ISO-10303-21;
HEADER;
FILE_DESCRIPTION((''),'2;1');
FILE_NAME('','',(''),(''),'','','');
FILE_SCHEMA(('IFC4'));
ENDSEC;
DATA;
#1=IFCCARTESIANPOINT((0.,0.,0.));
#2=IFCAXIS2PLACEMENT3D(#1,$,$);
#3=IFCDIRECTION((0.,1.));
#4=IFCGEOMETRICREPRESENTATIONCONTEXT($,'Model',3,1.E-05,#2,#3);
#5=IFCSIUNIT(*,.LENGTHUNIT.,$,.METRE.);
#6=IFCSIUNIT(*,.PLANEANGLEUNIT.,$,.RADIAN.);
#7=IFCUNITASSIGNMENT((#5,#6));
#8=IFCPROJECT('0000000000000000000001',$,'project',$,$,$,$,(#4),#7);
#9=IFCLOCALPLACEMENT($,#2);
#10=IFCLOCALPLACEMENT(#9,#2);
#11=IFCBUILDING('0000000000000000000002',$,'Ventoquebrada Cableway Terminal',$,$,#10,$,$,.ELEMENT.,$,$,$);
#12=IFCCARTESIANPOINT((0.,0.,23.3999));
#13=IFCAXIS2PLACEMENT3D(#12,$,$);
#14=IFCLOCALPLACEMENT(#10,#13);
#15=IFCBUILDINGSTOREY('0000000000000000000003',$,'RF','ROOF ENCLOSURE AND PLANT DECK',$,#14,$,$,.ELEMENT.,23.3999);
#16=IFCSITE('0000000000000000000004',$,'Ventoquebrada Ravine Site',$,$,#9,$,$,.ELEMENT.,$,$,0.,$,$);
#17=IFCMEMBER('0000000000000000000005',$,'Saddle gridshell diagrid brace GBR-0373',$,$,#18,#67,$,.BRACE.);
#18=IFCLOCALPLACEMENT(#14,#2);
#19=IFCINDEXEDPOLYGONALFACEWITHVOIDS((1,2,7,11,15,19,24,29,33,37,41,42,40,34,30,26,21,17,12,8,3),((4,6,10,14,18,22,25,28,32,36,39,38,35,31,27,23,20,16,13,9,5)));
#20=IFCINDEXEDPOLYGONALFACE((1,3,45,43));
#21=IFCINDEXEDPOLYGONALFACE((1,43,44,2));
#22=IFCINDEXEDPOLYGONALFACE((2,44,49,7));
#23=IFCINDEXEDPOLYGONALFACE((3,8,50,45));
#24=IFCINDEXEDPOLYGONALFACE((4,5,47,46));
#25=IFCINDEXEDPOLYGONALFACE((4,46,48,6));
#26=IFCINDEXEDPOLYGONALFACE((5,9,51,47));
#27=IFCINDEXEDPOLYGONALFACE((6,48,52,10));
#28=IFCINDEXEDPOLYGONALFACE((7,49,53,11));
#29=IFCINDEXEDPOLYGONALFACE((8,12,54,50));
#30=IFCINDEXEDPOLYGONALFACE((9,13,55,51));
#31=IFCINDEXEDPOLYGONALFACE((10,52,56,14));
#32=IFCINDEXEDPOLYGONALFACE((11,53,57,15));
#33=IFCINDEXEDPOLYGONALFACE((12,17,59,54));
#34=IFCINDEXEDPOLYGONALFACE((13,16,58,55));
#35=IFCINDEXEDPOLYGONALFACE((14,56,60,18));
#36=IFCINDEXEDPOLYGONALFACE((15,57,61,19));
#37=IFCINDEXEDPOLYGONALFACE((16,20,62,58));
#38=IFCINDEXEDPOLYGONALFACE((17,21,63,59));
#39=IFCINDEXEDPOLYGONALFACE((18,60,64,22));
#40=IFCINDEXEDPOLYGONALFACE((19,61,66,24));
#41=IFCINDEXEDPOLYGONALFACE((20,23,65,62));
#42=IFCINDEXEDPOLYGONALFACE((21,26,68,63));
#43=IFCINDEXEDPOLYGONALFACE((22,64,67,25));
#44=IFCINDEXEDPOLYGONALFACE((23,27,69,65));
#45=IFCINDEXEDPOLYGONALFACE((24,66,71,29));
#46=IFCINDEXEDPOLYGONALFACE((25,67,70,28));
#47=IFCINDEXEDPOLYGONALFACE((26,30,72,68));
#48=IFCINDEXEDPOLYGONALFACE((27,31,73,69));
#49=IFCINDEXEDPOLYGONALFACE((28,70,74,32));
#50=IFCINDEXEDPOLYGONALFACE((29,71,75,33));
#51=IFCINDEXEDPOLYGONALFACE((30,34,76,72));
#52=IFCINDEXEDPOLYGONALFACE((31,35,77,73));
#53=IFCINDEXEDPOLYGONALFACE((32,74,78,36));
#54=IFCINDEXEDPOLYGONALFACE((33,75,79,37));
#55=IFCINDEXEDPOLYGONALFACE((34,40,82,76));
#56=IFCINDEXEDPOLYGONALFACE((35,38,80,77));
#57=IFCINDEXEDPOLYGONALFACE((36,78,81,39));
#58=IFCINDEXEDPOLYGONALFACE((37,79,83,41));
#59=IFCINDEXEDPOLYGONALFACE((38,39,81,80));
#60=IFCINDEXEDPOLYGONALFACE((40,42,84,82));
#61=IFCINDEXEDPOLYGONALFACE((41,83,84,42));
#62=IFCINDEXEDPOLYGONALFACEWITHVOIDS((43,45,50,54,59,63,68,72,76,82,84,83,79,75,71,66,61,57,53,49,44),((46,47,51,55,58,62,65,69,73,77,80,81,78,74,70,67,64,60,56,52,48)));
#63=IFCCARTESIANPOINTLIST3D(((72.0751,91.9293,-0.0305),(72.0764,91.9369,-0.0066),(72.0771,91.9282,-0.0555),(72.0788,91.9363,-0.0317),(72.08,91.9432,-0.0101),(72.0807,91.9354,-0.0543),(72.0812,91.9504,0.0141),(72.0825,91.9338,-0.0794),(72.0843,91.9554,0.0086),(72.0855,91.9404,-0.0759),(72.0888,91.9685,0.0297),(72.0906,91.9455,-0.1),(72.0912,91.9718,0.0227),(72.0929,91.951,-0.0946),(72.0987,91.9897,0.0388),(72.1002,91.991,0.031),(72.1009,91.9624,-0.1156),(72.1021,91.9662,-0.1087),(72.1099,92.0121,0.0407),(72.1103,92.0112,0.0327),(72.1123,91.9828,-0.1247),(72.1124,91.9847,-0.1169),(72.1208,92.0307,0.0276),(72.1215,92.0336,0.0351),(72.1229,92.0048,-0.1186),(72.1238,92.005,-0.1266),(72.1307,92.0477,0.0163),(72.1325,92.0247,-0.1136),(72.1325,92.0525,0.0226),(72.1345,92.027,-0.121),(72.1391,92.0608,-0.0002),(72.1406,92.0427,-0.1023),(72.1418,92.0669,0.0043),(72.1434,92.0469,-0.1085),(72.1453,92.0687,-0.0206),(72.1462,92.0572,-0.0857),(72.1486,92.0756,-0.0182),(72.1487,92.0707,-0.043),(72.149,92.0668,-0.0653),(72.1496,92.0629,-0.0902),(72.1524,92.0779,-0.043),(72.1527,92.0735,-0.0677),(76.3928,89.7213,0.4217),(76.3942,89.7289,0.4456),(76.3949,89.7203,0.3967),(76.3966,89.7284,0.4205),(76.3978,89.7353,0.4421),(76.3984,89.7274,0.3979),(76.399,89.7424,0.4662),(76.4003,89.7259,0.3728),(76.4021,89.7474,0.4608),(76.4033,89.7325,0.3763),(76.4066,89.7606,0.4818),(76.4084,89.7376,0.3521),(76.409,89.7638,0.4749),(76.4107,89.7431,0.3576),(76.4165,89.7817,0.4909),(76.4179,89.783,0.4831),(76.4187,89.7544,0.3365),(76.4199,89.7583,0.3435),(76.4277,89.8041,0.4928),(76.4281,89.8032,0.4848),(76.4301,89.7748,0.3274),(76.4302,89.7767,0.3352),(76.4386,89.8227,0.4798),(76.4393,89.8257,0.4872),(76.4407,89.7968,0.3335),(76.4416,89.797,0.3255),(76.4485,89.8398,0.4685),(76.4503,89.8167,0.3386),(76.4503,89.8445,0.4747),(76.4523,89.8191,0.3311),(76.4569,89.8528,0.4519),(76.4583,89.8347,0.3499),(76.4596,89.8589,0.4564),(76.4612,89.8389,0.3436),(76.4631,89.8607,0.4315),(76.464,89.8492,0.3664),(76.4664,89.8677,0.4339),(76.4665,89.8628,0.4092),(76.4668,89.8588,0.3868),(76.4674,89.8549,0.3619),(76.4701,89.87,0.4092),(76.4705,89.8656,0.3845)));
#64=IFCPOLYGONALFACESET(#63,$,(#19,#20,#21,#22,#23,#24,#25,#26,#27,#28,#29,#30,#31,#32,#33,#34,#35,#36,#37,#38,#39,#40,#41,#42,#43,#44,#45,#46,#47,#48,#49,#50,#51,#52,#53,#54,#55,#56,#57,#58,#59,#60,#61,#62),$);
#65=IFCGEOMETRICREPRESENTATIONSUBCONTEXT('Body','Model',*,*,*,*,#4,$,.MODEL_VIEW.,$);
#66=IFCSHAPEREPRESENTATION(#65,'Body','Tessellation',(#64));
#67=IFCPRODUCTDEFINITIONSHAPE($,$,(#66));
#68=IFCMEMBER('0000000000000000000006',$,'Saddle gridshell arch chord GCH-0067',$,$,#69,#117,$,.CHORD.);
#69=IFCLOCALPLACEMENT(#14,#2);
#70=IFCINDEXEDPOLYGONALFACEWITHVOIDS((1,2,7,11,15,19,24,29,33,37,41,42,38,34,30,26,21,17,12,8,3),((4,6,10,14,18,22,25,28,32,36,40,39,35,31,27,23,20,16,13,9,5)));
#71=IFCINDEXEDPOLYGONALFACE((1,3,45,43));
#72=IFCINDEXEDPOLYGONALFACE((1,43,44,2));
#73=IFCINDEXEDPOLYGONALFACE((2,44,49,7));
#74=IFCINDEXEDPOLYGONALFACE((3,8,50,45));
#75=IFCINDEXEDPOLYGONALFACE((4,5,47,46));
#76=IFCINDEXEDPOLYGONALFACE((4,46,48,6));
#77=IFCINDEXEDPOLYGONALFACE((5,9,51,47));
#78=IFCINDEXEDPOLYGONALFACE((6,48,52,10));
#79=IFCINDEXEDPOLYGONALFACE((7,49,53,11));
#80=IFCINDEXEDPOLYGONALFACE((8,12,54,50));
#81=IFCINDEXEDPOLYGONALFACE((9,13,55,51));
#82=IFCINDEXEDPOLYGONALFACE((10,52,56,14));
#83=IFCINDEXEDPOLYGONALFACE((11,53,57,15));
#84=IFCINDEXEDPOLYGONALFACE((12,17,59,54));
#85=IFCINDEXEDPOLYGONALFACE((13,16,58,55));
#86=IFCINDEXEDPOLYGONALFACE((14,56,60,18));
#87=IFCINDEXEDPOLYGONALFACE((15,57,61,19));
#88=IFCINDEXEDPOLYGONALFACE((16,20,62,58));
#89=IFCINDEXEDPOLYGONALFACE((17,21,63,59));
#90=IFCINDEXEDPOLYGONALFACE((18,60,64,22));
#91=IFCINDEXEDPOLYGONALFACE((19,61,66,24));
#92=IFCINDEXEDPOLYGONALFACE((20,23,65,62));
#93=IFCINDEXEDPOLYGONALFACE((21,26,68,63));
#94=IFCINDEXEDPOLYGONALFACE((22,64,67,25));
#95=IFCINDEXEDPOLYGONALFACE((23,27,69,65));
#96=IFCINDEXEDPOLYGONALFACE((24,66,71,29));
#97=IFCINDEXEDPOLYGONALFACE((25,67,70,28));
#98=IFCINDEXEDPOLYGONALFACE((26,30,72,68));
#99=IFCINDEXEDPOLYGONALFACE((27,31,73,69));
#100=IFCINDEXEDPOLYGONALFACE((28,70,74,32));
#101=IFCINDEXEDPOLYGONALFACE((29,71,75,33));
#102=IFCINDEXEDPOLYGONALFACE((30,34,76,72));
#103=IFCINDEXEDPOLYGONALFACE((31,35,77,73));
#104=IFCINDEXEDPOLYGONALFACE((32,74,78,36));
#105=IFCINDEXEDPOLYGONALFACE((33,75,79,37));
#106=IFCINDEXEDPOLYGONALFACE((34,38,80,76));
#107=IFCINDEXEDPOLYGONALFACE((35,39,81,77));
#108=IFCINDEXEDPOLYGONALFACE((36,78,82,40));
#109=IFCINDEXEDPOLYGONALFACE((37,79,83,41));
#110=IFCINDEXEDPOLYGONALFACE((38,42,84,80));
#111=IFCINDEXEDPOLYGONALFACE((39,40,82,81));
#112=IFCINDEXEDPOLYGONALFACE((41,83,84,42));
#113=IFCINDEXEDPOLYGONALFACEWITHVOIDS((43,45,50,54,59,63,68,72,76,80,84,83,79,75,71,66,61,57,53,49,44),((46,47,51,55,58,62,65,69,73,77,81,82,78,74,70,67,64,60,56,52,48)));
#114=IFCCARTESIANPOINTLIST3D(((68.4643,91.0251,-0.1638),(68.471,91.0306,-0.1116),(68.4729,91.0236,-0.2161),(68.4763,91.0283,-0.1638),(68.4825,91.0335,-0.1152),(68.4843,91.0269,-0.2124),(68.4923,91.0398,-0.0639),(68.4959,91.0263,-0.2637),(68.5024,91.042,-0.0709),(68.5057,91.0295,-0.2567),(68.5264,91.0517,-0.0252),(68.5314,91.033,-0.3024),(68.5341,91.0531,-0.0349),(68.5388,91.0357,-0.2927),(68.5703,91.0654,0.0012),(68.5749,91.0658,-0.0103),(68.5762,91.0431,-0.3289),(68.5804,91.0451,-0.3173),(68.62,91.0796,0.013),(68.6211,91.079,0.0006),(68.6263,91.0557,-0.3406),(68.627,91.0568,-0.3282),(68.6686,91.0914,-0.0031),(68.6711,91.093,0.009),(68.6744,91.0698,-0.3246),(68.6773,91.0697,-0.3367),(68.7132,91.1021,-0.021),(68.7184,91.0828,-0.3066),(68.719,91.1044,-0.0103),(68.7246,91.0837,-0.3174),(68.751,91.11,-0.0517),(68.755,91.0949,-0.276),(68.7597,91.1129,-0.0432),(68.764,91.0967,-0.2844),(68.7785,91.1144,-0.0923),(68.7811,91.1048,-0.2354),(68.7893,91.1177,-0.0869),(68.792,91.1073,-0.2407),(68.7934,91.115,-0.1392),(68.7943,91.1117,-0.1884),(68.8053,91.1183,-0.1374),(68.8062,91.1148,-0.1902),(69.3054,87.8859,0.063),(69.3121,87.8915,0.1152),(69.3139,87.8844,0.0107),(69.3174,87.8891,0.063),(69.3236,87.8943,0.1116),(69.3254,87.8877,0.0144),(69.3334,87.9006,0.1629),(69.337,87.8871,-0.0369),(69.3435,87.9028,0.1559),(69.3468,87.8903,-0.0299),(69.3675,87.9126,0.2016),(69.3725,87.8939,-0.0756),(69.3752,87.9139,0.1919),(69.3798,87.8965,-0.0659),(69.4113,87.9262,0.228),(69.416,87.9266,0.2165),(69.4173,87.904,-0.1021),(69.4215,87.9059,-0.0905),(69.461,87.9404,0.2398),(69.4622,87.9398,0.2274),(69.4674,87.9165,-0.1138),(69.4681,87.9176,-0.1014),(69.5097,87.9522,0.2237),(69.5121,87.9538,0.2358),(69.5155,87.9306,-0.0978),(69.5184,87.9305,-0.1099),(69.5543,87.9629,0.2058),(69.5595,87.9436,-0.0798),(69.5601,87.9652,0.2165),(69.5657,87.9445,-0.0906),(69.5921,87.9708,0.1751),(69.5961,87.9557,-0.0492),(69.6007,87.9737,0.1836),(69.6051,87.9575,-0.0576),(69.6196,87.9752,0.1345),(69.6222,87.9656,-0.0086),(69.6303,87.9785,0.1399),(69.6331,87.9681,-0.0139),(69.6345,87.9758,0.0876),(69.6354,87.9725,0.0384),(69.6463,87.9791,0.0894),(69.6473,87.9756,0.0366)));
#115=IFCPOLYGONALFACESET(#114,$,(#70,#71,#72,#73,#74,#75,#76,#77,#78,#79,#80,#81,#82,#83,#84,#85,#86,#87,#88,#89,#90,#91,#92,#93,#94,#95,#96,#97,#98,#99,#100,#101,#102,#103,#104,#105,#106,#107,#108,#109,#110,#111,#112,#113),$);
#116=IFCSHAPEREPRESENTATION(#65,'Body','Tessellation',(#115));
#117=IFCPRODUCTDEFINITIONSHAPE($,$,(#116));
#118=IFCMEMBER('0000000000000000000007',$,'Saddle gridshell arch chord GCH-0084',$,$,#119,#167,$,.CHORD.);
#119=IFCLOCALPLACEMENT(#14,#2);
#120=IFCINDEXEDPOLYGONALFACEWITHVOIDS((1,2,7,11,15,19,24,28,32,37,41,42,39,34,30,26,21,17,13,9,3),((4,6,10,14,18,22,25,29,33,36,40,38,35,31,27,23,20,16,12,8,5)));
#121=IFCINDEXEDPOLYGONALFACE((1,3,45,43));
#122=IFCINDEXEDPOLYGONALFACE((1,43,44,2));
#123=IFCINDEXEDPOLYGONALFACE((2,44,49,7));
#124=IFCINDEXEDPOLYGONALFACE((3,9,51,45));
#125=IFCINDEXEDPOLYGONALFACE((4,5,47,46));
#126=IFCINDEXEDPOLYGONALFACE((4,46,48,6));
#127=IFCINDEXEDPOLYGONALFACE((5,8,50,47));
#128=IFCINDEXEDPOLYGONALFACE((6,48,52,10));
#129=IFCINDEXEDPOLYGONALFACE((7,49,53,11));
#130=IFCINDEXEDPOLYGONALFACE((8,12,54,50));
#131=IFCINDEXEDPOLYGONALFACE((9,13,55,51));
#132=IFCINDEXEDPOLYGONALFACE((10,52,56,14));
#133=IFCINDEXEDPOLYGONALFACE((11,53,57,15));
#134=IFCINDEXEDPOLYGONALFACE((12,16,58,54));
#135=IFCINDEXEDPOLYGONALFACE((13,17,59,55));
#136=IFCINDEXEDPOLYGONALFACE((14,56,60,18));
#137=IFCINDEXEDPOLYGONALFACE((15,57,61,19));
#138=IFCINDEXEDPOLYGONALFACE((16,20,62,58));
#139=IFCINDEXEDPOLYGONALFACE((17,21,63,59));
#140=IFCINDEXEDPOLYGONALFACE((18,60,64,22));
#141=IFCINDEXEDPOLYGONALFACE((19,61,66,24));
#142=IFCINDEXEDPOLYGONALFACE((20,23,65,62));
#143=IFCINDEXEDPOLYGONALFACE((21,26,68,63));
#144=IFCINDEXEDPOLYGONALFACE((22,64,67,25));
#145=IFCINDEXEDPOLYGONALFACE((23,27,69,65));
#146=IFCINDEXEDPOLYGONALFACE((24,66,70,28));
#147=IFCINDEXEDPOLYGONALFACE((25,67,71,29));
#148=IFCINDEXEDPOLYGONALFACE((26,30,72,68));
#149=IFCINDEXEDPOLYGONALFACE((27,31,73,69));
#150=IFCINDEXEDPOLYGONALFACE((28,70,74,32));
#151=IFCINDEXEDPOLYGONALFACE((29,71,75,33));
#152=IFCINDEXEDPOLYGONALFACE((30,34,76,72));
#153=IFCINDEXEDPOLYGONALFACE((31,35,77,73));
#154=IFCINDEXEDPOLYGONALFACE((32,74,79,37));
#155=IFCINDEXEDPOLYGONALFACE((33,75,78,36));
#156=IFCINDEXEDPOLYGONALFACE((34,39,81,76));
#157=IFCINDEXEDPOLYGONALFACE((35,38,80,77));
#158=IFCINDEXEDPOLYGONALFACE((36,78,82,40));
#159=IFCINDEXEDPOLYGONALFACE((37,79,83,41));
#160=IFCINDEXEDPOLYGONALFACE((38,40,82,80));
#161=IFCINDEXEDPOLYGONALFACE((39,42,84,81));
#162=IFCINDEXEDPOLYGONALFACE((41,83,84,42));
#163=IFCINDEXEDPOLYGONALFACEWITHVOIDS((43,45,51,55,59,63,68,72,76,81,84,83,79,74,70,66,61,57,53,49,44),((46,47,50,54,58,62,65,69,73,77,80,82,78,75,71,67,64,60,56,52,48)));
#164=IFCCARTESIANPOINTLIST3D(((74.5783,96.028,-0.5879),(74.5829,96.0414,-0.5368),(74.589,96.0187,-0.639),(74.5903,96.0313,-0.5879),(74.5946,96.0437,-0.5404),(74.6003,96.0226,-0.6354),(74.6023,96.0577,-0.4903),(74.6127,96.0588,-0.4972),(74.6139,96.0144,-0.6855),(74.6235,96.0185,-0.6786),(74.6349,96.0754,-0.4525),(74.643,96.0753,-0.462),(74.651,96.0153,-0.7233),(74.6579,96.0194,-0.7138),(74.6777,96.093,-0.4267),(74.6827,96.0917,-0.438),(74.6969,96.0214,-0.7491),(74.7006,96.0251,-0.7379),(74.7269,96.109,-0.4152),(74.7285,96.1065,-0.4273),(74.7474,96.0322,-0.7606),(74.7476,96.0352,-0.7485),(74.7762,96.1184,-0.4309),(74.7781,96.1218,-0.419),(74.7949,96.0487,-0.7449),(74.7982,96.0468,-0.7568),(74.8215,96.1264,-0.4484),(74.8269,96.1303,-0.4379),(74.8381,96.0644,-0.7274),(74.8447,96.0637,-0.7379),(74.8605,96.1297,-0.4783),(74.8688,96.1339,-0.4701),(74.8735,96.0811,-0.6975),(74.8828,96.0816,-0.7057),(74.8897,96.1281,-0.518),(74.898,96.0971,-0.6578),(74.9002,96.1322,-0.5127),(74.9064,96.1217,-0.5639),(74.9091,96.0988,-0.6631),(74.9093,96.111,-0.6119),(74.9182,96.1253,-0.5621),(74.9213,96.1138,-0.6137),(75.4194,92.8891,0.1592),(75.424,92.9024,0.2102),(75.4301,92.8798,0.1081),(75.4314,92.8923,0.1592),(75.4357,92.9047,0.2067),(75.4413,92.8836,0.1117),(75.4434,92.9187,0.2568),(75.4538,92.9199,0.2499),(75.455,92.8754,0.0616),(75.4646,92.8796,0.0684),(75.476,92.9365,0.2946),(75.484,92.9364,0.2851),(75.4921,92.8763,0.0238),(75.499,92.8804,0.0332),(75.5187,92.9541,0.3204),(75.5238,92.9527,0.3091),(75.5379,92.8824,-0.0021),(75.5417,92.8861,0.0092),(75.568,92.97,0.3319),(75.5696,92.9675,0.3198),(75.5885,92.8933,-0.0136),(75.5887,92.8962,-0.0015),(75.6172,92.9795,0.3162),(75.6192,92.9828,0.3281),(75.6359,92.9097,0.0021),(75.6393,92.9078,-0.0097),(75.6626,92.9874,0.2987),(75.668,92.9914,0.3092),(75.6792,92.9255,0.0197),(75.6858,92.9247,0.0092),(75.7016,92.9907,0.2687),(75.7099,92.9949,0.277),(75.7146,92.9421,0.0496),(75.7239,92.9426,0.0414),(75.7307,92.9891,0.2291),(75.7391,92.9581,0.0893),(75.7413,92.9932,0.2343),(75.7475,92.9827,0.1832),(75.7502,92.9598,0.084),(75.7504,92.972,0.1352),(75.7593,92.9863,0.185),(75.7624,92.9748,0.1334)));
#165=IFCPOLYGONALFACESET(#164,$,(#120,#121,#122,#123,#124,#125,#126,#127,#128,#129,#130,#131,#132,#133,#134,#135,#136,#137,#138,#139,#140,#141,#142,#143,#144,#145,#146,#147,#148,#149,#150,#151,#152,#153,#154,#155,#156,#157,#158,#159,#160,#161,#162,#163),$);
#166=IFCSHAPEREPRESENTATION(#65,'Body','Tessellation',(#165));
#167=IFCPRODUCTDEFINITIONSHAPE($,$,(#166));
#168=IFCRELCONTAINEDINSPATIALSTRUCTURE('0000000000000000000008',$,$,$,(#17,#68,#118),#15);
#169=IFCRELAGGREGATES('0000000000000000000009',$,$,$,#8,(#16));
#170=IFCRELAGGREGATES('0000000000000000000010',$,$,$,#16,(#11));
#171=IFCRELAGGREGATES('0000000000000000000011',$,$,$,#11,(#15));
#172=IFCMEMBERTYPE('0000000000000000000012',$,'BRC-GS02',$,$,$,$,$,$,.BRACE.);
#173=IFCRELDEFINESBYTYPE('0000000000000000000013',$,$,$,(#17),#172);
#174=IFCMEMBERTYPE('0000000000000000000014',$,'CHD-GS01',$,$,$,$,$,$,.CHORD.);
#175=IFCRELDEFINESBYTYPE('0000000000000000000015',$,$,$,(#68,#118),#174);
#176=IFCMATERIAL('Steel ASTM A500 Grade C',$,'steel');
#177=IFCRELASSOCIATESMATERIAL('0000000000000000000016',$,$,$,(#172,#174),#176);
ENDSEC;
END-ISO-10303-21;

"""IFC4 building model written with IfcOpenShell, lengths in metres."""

from ifc_helpers import new_model, si_unit, direction, frame, origin, origin_2d, place, context, subcontext, project, spatial, hollow_circle, extrude, material, material_profile, profile_set, type_object, element, save


model = new_model("IFC4")

# Units and contexts
model_context = context("Model", 3, precision=1e-05, world=origin(), true_north=direction((0.0, 1.0)))
body_context = subcontext(model_context, "Body", "Model", "MODEL_VIEW")
ifc_project = project(units=[si_unit("LENGTHUNIT", "METRE"), si_unit("PLANEANGLEUNIT", "RADIAN")], contexts=[model_context])

# Site, building, storey
site_placement = place(None, origin())
site = spatial("IfcSite", under=ifc_project, at=site_placement, Name="Ventoquebrada Ravine Site", CompositionType="ELEMENT", RefElevation=0.0)
building_placement = place(site_placement, origin())
building = spatial("IfcBuilding", under=site, at=building_placement, Name="Ventoquebrada Cableway Terminal", CompositionType="ELEMENT")
storey_placement = place(building_placement, frame((0.0, 0.0, 23.3999)))
storey = spatial("IfcBuildingStorey", under=building, at=storey_placement, Name="RF", Description="ROOF ENCLOSURE AND PLANT DECK", CompositionType="ELEMENT", Elevation=23.3999)

# Members
ifc_material_1 = material(Name="Steel ASTM A500 Grade C", Category="steel")
ifc_material_profile_1 = material_profile(ifc_material_1, hollow_circle(Radius=0.0842, WallThickness=0.0081, at=origin_2d()), Name="CHS168.3X8")
ifc_profile_set_1 = profile_set([ifc_material_profile_1], Name="Steel ASTM A500 Grade C")
member_type_1 = type_object("IfcMemberType", Name="BRC-GS02", PredefinedType="BRACE", material=ifc_profile_set_1)
member_1_placement = place(storey_placement, frame((72.114, 92.0029, -0.043), z_axis=(0.886499, -0.453324, 0.09283), x_axis=(0.45529, 0.890343, 0.0)))
element("IfcMember", 1, at=member_1_placement, inside=storey, type_object=member_type_1, Name="Saddle gridshell diagrid brace GBR-0373", PredefinedType="BRACE", context=body_context, shape_type="SweptSolid", body=[
    extrude(hollow_circle(Radius=0.0842, WallThickness=0.0081, at=origin_2d()), origin(), (0.0, 0.0, 1.0), 4.8706),
])
ifc_material_profile_2 = material_profile(ifc_material_1, hollow_circle(Radius=0.1777, WallThickness=0.0125, at=origin_2d()), Name="CHS355.6X12.5")
ifc_profile_set_2 = profile_set([ifc_material_profile_2], Name="Steel ASTM A500 Grade C")
member_type_2 = type_object("IfcMemberType", Name="CHD-GS01", PredefinedType="CHORD", material=ifc_profile_set_2)
member_2_placement = place(storey_placement, frame((69.4771, 87.9319, 0.063), z_axis=(-0.258171, 0.963588, -0.06962), x_axis=(-0.965931, -0.258799, 0.0)))
element("IfcMember", 2, at=member_2_placement, inside=storey, type_object=member_type_2, Name="Saddle gridshell arch chord GCH-0067", PredefinedType="CHORD", context=body_context, shape_type="SweptSolid", body=[
    extrude(hollow_circle(Radius=0.1777, WallThickness=0.0125, at=origin_2d()), origin(), (0.0, 0.0, 1.0), 3.2578),
])
member_3_placement = place(storey_placement, frame((75.5911, 92.9351, 0.1592), z_axis=(-0.252238, 0.94137, -0.224049), x_axis=(-0.965926, -0.258817, 0.0)))
element("IfcMember", 3, at=member_3_placement, inside=storey, type_object=member_type_2, Name="Saddle gridshell arch chord GCH-0084", PredefinedType="CHORD", context=body_context, shape_type="SweptSolid", body=[
    extrude(hollow_circle(Radius=0.1777, WallThickness=0.0125, at=origin_2d()), origin(), (0.0, 0.0, 1.0), 3.3345),
])

save(model, "model.ifc")
